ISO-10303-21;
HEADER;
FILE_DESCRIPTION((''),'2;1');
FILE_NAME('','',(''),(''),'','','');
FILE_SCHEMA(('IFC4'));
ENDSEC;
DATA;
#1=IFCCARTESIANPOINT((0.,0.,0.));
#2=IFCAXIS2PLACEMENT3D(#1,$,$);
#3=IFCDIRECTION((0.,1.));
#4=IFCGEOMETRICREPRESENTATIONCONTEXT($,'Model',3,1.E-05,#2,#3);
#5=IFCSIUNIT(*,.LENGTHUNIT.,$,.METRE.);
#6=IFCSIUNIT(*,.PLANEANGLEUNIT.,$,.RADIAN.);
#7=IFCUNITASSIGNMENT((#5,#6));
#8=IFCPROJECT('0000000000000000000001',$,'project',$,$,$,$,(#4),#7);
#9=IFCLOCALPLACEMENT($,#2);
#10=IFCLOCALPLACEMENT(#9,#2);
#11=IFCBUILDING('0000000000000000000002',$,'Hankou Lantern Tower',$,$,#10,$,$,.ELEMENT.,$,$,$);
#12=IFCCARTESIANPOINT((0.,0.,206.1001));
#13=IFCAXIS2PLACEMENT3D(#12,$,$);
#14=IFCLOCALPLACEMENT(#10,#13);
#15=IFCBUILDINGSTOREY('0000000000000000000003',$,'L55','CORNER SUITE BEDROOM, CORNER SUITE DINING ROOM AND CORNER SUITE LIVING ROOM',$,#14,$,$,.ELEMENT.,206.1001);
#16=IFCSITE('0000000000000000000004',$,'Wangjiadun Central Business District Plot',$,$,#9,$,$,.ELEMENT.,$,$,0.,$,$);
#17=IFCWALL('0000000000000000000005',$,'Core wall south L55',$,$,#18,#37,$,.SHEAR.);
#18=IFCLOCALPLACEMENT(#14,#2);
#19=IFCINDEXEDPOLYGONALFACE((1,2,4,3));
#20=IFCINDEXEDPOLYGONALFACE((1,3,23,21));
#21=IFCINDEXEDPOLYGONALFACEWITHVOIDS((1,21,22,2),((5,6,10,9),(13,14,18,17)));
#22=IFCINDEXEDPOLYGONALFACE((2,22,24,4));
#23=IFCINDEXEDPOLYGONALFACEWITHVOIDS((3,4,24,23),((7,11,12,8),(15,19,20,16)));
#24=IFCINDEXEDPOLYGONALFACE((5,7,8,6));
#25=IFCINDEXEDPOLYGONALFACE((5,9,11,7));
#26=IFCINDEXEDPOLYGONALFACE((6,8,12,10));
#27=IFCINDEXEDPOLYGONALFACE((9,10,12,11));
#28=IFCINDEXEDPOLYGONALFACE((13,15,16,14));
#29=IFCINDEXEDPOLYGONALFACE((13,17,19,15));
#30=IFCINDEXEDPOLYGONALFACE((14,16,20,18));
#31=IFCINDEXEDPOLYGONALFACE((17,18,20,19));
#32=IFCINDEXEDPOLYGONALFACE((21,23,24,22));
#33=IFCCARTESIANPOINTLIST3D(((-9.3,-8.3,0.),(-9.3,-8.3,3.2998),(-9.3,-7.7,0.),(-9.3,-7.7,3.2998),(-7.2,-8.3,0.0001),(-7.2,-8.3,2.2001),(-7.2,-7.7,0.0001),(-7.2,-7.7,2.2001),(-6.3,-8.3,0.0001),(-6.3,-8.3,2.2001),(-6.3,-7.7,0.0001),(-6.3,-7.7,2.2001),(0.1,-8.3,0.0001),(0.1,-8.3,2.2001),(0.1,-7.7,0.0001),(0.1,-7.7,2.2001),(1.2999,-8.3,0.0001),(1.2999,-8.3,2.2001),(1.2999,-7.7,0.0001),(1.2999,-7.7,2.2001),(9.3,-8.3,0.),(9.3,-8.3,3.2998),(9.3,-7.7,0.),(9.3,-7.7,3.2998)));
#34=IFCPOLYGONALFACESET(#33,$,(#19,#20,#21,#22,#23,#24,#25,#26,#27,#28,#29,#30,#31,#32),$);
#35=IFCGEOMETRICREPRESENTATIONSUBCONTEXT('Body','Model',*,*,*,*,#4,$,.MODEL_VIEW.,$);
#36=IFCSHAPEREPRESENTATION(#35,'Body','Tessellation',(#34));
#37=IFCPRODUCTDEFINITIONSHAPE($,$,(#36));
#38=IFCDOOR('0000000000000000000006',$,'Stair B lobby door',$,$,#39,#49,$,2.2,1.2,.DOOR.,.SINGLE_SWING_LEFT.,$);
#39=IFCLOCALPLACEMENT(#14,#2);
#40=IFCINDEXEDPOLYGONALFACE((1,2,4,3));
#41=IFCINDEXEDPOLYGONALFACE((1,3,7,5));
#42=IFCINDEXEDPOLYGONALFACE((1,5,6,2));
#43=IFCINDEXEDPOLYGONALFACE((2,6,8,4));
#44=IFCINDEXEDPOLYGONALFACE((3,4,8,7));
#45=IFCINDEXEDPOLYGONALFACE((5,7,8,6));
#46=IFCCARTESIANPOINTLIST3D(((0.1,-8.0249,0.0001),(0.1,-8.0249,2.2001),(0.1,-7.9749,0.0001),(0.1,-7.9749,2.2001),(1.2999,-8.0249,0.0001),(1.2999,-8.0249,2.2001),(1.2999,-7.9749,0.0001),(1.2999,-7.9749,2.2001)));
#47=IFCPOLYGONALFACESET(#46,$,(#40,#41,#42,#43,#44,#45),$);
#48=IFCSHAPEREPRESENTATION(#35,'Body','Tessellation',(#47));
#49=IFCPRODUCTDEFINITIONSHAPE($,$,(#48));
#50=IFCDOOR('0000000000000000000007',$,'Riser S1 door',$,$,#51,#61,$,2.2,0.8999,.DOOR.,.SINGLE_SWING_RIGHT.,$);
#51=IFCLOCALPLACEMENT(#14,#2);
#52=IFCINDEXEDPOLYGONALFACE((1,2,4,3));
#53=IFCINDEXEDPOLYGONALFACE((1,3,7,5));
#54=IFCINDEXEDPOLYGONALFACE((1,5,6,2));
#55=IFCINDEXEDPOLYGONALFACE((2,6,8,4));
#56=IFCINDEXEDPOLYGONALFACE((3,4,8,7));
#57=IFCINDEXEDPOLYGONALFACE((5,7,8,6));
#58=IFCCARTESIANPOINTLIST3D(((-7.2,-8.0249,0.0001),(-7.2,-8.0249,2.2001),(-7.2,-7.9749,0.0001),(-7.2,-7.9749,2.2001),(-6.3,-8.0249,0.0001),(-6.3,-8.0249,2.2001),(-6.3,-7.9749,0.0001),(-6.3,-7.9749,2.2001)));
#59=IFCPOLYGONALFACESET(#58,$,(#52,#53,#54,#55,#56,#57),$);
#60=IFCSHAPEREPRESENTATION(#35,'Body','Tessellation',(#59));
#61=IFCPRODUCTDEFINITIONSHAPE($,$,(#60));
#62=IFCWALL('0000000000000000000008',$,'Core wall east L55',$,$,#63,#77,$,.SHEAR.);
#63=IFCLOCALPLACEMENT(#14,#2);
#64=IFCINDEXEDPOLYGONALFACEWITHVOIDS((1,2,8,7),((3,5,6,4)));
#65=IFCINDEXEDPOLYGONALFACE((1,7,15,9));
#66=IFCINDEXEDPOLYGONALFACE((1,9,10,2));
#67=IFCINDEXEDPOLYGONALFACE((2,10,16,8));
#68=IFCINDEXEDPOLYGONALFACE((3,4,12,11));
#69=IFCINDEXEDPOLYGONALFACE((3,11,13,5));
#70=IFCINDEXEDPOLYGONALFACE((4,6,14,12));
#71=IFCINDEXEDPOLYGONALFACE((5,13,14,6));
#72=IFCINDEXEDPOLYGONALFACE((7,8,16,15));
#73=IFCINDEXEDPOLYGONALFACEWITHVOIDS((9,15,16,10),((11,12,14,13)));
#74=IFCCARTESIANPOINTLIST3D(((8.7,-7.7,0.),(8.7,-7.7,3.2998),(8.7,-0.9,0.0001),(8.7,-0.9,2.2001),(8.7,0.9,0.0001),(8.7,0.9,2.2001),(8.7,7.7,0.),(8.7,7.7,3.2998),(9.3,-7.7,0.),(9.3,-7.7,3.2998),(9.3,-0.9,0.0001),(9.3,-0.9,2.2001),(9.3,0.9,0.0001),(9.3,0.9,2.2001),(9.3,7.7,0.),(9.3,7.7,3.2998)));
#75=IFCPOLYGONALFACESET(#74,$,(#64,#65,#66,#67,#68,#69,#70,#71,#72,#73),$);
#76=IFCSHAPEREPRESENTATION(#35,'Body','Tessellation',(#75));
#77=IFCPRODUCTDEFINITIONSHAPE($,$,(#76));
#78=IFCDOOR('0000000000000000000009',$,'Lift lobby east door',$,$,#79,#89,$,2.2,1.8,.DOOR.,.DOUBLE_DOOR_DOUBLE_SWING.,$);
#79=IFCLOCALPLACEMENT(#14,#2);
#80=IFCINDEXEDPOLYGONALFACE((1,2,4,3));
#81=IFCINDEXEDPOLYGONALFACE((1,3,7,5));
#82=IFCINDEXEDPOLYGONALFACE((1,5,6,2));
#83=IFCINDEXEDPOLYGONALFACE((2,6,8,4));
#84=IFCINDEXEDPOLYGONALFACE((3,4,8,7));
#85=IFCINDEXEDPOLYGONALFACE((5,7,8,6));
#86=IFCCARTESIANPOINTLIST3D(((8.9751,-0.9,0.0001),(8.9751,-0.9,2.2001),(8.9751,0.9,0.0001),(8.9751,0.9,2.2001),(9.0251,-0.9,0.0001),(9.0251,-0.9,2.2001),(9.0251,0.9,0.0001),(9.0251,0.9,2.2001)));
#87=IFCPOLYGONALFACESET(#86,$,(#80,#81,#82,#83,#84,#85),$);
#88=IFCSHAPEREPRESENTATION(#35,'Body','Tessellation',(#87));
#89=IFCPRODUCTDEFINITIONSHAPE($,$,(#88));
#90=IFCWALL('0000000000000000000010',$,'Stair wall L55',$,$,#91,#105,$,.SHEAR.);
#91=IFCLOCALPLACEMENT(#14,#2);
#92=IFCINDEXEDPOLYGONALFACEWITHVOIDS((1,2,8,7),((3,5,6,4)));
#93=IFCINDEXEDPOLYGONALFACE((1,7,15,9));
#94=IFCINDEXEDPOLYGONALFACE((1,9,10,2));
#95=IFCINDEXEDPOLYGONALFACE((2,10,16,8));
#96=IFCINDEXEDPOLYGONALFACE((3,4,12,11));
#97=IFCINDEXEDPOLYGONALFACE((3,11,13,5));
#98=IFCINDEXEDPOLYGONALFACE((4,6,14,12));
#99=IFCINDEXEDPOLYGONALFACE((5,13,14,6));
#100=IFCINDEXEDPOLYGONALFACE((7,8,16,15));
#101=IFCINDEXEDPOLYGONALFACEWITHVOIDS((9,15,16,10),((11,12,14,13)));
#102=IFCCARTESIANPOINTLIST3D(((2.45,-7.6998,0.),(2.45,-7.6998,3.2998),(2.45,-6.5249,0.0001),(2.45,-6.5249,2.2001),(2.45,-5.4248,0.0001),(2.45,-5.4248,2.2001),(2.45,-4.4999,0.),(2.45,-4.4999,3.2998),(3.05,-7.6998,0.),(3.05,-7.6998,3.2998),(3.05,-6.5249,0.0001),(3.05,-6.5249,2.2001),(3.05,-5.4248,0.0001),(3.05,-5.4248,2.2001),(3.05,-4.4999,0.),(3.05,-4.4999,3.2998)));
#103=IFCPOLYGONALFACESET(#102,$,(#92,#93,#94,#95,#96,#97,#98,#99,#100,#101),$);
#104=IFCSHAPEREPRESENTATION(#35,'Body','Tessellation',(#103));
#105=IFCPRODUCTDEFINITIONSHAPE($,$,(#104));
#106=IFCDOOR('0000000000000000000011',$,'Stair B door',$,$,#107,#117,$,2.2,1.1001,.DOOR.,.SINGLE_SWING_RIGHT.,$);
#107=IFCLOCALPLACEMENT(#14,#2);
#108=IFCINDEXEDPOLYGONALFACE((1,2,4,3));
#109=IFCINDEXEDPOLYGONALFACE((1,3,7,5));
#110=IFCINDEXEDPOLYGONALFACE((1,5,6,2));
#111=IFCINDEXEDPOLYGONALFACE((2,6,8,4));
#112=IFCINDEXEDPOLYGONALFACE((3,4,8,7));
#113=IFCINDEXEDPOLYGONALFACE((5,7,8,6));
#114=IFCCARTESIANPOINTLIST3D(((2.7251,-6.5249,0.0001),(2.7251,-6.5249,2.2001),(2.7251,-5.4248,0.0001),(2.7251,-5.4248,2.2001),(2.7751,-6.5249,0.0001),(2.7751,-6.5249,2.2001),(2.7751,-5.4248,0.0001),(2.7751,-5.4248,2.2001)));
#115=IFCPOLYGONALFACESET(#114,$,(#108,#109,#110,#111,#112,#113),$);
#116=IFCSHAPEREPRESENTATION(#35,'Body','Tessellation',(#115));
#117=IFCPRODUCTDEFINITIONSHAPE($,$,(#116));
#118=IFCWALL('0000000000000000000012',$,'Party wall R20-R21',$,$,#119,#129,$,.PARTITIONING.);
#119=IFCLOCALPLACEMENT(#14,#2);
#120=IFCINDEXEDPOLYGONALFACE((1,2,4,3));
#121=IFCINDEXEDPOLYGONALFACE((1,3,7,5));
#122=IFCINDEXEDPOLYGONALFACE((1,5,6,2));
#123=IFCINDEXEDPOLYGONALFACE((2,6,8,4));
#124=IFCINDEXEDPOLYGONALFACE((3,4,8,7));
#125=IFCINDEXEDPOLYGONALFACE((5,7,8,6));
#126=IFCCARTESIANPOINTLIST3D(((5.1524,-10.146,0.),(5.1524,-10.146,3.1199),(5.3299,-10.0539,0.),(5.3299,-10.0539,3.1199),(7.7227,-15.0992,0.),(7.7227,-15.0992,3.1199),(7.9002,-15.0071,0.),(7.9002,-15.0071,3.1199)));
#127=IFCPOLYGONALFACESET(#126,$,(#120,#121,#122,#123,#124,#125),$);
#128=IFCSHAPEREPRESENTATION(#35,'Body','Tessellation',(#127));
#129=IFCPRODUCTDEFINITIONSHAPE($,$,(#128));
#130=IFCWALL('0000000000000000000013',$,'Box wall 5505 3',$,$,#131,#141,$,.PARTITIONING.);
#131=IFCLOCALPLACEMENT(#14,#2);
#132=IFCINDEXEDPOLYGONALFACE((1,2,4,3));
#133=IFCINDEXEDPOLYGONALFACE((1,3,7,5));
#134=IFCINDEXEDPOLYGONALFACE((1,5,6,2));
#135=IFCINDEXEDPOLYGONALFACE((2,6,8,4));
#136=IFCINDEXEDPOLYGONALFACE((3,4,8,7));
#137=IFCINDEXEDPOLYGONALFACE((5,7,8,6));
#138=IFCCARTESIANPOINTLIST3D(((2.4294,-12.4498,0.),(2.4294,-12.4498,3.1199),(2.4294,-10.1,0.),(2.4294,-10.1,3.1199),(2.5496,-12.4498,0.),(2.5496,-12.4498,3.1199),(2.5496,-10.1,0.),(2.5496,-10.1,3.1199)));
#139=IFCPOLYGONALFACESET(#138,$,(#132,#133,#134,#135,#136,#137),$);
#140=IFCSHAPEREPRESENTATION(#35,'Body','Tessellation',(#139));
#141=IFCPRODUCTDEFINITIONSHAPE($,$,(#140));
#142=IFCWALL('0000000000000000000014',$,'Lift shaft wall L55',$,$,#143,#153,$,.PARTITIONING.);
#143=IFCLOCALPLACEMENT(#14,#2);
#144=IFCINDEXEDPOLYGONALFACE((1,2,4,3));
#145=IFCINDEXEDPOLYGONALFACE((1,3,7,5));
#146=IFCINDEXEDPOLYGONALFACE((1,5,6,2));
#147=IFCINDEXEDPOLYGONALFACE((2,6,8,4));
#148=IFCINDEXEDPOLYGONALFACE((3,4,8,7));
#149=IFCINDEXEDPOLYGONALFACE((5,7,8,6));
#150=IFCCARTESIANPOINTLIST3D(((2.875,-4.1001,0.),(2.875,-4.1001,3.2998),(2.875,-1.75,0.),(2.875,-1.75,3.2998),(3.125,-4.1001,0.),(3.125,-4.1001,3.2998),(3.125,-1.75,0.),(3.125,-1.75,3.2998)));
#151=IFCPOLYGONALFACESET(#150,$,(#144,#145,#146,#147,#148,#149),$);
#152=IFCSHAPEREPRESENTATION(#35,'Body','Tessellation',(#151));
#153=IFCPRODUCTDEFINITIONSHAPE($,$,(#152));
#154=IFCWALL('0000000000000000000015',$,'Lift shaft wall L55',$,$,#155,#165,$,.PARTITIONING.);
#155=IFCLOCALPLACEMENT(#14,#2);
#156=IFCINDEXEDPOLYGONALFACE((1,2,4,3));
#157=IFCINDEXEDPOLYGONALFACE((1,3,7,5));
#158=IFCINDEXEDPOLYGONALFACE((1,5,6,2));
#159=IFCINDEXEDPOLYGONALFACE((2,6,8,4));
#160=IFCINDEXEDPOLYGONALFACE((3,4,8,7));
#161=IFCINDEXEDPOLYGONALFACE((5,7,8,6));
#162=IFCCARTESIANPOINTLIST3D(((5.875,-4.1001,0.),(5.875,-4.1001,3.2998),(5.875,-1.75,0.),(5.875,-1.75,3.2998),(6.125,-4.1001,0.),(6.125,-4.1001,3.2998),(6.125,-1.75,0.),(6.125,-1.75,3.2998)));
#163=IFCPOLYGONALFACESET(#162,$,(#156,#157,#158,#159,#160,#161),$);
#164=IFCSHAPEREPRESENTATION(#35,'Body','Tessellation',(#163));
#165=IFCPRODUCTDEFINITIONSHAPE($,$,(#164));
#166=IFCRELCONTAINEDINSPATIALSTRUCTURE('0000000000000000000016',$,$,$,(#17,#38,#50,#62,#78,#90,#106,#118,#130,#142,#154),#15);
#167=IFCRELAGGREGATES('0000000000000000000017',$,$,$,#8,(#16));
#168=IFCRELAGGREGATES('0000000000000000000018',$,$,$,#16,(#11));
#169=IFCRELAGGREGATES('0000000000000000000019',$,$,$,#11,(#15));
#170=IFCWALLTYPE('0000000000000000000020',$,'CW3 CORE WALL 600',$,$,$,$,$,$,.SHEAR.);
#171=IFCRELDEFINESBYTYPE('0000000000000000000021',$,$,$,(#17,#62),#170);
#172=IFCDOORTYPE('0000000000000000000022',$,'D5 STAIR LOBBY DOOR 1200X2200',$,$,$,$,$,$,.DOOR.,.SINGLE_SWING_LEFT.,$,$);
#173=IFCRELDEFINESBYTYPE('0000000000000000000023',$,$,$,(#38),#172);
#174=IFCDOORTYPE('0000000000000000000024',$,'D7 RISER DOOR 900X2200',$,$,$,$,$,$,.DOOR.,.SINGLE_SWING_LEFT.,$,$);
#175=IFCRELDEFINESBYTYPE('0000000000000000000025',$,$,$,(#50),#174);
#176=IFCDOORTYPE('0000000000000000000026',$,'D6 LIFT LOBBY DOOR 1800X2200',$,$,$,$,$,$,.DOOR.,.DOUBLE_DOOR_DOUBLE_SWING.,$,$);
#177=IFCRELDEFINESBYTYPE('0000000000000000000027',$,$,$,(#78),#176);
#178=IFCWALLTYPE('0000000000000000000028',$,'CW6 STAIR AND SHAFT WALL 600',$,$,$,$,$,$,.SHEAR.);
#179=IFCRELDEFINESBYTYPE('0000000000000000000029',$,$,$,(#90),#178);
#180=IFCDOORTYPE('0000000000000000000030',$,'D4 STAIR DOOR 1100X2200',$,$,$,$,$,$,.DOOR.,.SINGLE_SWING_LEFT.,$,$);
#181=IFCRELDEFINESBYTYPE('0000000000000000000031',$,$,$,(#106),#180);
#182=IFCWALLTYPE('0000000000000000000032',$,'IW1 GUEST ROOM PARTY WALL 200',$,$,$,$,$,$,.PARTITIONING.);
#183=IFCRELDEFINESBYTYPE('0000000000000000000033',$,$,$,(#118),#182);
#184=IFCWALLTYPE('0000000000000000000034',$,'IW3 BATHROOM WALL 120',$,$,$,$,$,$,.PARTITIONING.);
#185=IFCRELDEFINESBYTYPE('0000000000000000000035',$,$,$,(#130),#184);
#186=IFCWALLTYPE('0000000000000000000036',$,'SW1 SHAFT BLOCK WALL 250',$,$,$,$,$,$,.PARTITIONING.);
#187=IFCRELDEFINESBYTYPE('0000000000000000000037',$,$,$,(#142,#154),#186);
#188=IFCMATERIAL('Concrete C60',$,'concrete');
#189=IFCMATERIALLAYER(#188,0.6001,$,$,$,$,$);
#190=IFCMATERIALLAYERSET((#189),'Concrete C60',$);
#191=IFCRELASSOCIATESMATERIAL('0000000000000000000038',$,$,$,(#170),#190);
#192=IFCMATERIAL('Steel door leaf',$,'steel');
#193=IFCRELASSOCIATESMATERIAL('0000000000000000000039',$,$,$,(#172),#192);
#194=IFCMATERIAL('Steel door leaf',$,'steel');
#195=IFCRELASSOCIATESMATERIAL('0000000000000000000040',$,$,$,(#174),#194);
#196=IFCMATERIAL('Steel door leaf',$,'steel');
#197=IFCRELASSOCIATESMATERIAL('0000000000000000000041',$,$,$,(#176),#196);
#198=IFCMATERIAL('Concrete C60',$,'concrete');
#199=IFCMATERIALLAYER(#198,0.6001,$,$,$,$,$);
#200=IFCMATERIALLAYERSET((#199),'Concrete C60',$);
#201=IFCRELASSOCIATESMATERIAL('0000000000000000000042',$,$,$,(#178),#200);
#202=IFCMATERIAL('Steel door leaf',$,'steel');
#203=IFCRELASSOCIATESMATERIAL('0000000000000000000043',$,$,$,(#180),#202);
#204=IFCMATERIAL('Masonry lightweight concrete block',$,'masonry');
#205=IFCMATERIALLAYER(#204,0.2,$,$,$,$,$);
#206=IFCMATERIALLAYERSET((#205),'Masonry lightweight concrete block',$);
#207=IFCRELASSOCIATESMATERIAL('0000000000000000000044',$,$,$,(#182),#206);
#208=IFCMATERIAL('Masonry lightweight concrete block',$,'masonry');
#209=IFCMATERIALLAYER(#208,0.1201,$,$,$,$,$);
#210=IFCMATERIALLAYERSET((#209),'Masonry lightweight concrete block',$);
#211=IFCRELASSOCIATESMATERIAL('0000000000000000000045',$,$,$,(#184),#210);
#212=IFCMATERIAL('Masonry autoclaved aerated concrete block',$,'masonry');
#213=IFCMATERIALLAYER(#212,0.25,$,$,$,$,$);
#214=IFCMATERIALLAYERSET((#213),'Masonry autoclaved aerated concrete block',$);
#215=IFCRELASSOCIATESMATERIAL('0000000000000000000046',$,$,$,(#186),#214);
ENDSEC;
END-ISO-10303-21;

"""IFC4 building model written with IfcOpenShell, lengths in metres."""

from ifc_helpers import new_model, si_unit, direction, frame, frame_2d, origin, place, context, subcontext, project, spatial, rectangle, extrude, material, layer, layer_set, type_object, element, fill, save


model = new_model("IFC4")

# Units and contexts
model_context = context("Model", 3, precision=1e-05, world=origin(), true_north=direction((0.0, 1.0)))
body_context = subcontext(model_context, "Body", "Model", "MODEL_VIEW")
ifc_project = project(units=[si_unit("LENGTHUNIT", "METRE"), si_unit("PLANEANGLEUNIT", "RADIAN")], contexts=[model_context])

# Site, building, storey
site_placement = place(None, origin())
site = spatial("IfcSite", under=ifc_project, at=site_placement, Name="Wangjiadun Central Business District Plot", CompositionType="ELEMENT", RefElevation=0.0)
building_placement = place(site_placement, origin())
building = spatial("IfcBuilding", under=site, at=building_placement, Name="Hankou Lantern Tower", CompositionType="ELEMENT")
storey_placement = place(building_placement, frame((0.0, 0.0, 206.1001)))
storey = spatial("IfcBuildingStorey", under=building, at=storey_placement, Name="L55", Description="CORNER SUITE BEDROOM, CORNER SUITE DINING ROOM AND CORNER SUITE LIVING ROOM", CompositionType="ELEMENT", Elevation=206.1001)

# Wall, openings, doors
ifc_material_1 = material(Name="Concrete C60", Category="concrete")
ifc_layer_1 = layer(ifc_material_1, 0.6001)
ifc_layer_set_1 = layer_set([ifc_layer_1], Name="Concrete C60")
wall_type_1 = type_object("IfcWallType", Name="CW3 CORE WALL 600", PredefinedType="SHEAR", material=ifc_layer_set_1)
wall_1_placement = place(storey_placement, frame((9.3, -8.0, 0.0), z_axis=(0.0, 0.0, 1.0), x_axis=(-1.0, 0.0, 0.0)))
wall_1 = element("IfcWall", 1, at=wall_1_placement, inside=storey, type_object=wall_type_1, Name="Core wall south L55", PredefinedType="SHEAR", context=body_context, shape_type="SweptSolid", body=[
    extrude(rectangle(XDim=18.6001, YDim=0.6001, at=frame_2d((9.3, 0.0))), origin(), (0.0, 0.0, 1.0), 3.2998),
])
opening_1_placement = place(wall_1_placement, frame((8.0, 0.0, 0.0)))
opening_1 = element("IfcOpeningElement", 2, at=opening_1_placement, cuts=wall_1, PredefinedType="OPENING", context=body_context, shape_type="SweptSolid", body=[
    extrude(rectangle(XDim=1.2, YDim=2.2, at=frame_2d((0.6001, 1.1001))), frame((0.0, 0.3101, 0.0), z_axis=(0.0, -1.0, 0.0), x_axis=(1.0, 0.0, 0.0)), (0.0, 0.0, 1.0), 0.6201),
])
opening_2_placement = place(wall_1_placement, frame((15.6001, 0.0, 0.0)))
opening_2 = element("IfcOpeningElement", 3, at=opening_2_placement, cuts=wall_1, PredefinedType="OPENING", context=body_context, shape_type="SweptSolid", body=[
    extrude(rectangle(XDim=0.8999, YDim=2.2, at=frame_2d((0.45, 1.1001))), frame((0.0, 0.3101, 0.0), z_axis=(0.0, -1.0, 0.0), x_axis=(1.0, 0.0, 0.0)), (0.0, 0.0, 1.0), 0.6201),
])
ifc_material_2 = material(Name="Steel door leaf", Category="steel")
door_type_1 = type_object("IfcDoorType", Name="D5 STAIR LOBBY DOOR 1200X2200", OperationType="SINGLE_SWING_LEFT", PredefinedType="DOOR", material=ifc_material_2)
door_1_placement = place(opening_1_placement, origin())
door_1 = element("IfcDoor", 4, at=door_1_placement, inside=storey, type_object=door_type_1, Name="Stair B lobby door", OperationType="SINGLE_SWING_LEFT", OverallHeight=2.2, OverallWidth=1.2, PredefinedType="DOOR", context=body_context, shape_type="SweptSolid", body=[
    extrude(rectangle(XDim=1.2, YDim=2.2, at=frame_2d((0.6001, 1.1001))), frame((0.0, 0.0249, 0.0), z_axis=(0.0, -1.0, 0.0), x_axis=(1.0, 0.0, 0.0)), (0.0, 0.0, 1.0), 0.05),
])
fill(opening_1, door_1)
ifc_material_3 = material(Name="Steel door leaf", Category="steel")
door_type_2 = type_object("IfcDoorType", Name="D7 RISER DOOR 900X2200", OperationType="SINGLE_SWING_LEFT", PredefinedType="DOOR", material=ifc_material_3)
door_2_placement = place(opening_2_placement, origin())
door_2 = element("IfcDoor", 5, at=door_2_placement, inside=storey, type_object=door_type_2, Name="Riser S1 door", OperationType="SINGLE_SWING_RIGHT", OverallHeight=2.2, OverallWidth=0.8999, PredefinedType="DOOR", context=body_context, shape_type="SweptSolid", body=[
    extrude(rectangle(XDim=0.8999, YDim=2.2, at=frame_2d((0.45, 1.1001))), frame((0.0, 0.0249, 0.0), z_axis=(0.0, -1.0, 0.0), x_axis=(1.0, 0.0, 0.0)), (0.0, 0.0, 1.0), 0.05),
])
fill(opening_2, door_2)

# Walls, openings, doors
wall_2_placement = place(storey_placement, frame((9.0, -7.7, 0.0), z_axis=(0.0, 0.0, 1.0), x_axis=(0.0, 1.0, 0.0)))
wall_2 = element("IfcWall", 6, at=wall_2_placement, inside=storey, type_object=wall_type_1, Name="Core wall east L55", PredefinedType="SHEAR", context=body_context, shape_type="SweptSolid", body=[
    extrude(rectangle(XDim=15.3999, YDim=0.6001, at=frame_2d((7.7, 0.0))), origin(), (0.0, 0.0, 1.0), 3.2998),
])
opening_3_placement = place(wall_2_placement, frame((6.8, 0.0, 0.0)))
opening_3 = element("IfcOpeningElement", 7, at=opening_3_placement, cuts=wall_2, PredefinedType="OPENING", context=body_context, shape_type="SweptSolid", body=[
    extrude(rectangle(XDim=1.8, YDim=2.2, at=frame_2d((0.8999, 1.1001))), frame((0.0, 0.3101, 0.0), z_axis=(0.0, -1.0, 0.0), x_axis=(1.0, 0.0, 0.0)), (0.0, 0.0, 1.0), 0.6201),
])
ifc_material_4 = material(Name="Steel door leaf", Category="steel")
door_type_3 = type_object("IfcDoorType", Name="D6 LIFT LOBBY DOOR 1800X2200", OperationType="DOUBLE_DOOR_DOUBLE_SWING", PredefinedType="DOOR", material=ifc_material_4)
door_3_placement = place(opening_3_placement, origin())
door_3 = element("IfcDoor", 8, at=door_3_placement, inside=storey, type_object=door_type_3, Name="Lift lobby east door", OperationType="DOUBLE_DOOR_DOUBLE_SWING", OverallHeight=2.2, OverallWidth=1.8, PredefinedType="DOOR", context=body_context, shape_type="SweptSolid", body=[
    extrude(rectangle(XDim=1.8, YDim=2.2, at=frame_2d((0.8999, 1.1001))), frame((0.0, 0.0249, 0.0), z_axis=(0.0, -1.0, 0.0), x_axis=(1.0, 0.0, 0.0)), (0.0, 0.0, 1.0), 0.05),
])
fill(opening_3, door_3)
ifc_material_5 = material(Name="Concrete C60", Category="concrete")
ifc_layer_2 = layer(ifc_material_5, 0.6001)
ifc_layer_set_2 = layer_set([ifc_layer_2], Name="Concrete C60")
wall_type_2 = type_object("IfcWallType", Name="CW6 STAIR AND SHAFT WALL 600", PredefinedType="SHEAR", material=ifc_layer_set_2)
wall_3_placement = place(storey_placement, frame((2.75, -7.7, 0.0), z_axis=(0.0, 0.0, 1.0), x_axis=(0.0, 1.0, 0.0)))
wall_3 = element("IfcWall", 9, at=wall_3_placement, inside=storey, type_object=wall_type_2, Name="Stair wall L55", PredefinedType="SHEAR", context=body_context, shape_type="SweptSolid", body=[
    extrude(rectangle(XDim=3.2, YDim=0.6001, at=frame_2d((1.6001, 0.0))), origin(), (0.0, 0.0, 1.0), 3.2998),
])
opening_4_placement = place(wall_3_placement, frame((1.175, 0.0, 0.0)))
opening_4 = element("IfcOpeningElement", 10, at=opening_4_placement, cuts=wall_3, PredefinedType="OPENING", context=body_context, shape_type="SweptSolid", body=[
    extrude(rectangle(XDim=1.1001, YDim=2.2, at=frame_2d((0.55, 1.1001))), frame((0.0, 0.3101, 0.0), z_axis=(0.0, -1.0, 0.0), x_axis=(1.0, 0.0, 0.0)), (0.0, 0.0, 1.0), 0.6201),
])
ifc_material_6 = material(Name="Steel door leaf", Category="steel")
door_type_4 = type_object("IfcDoorType", Name="D4 STAIR DOOR 1100X2200", OperationType="SINGLE_SWING_LEFT", PredefinedType="DOOR", material=ifc_material_6)
door_4_placement = place(opening_4_placement, origin())
door_4 = element("IfcDoor", 11, at=door_4_placement, inside=storey, type_object=door_type_4, Name="Stair B door", OperationType="SINGLE_SWING_RIGHT", OverallHeight=2.2, OverallWidth=1.1001, PredefinedType="DOOR", context=body_context, shape_type="SweptSolid", body=[
    extrude(rectangle(XDim=1.1001, YDim=2.2, at=frame_2d((0.55, 1.1001))), frame((0.0, 0.0249, 0.0), z_axis=(0.0, -1.0, 0.0), x_axis=(1.0, 0.0, 0.0)), (0.0, 0.0, 1.0), 0.05),
])
fill(opening_4, door_4)

# Walls
ifc_material_7 = material(Name="Masonry lightweight concrete block", Category="masonry")
ifc_layer_3 = layer(ifc_material_7, 0.2)
ifc_layer_set_3 = layer_set([ifc_layer_3], Name="Masonry lightweight concrete block")
wall_type_3 = type_object("IfcWallType", Name="IW1 GUEST ROOM PARTY WALL 200", PredefinedType="PARTITIONING", material=ifc_layer_set_3)
wall_4_placement = place(storey_placement, frame((5.2412, -10.1001, 0.0), z_axis=(0.0, 0.0, 1.0), x_axis=(0.460603, -0.887606, 0.0)))
element("IfcWall", 12, at=wall_4_placement, inside=storey, type_object=wall_type_3, Name="Party wall R20-R21", PredefinedType="PARTITIONING", context=body_context, shape_type="SweptSolid", body=[
    extrude(rectangle(XDim=5.5803, YDim=0.2, at=frame_2d((2.79, 0.0))), origin(), (0.0, 0.0, 1.0), 3.1199),
])
ifc_material_8 = material(Name="Masonry lightweight concrete block", Category="masonry")
ifc_layer_4 = layer(ifc_material_8, 0.1201)
ifc_layer_set_4 = layer_set([ifc_layer_4], Name="Masonry lightweight concrete block")
wall_type_4 = type_object("IfcWallType", Name="IW3 BATHROOM WALL 120", PredefinedType="PARTITIONING", material=ifc_layer_set_4)
wall_5_placement = place(storey_placement, frame((2.4895, -10.1001, 0.0), z_axis=(0.0, 0.0, 1.0), x_axis=(0.0, -1.0, 0.0)))
element("IfcWall", 13, at=wall_5_placement, inside=storey, type_object=wall_type_4, Name="Box wall 5505 3", PredefinedType="PARTITIONING", context=body_context, shape_type="SweptSolid", body=[
    extrude(rectangle(XDim=2.3499, YDim=0.1201, at=frame_2d((1.1748, 0.0))), origin(), (0.0, 0.0, 1.0), 3.1199),
])
ifc_material_9 = material(Name="Masonry autoclaved aerated concrete block", Category="masonry")
ifc_layer_5 = layer(ifc_material_9, 0.25)
ifc_layer_set_5 = layer_set([ifc_layer_5], Name="Masonry autoclaved aerated concrete block")
wall_type_5 = type_object("IfcWallType", Name="SW1 SHAFT BLOCK WALL 250", PredefinedType="PARTITIONING", material=ifc_layer_set_5)
for number, where, z_axis, x_axis, name in (
    (14, (3.0, -4.1001, 0.0), (0.0, 0.0, 1.0), (0.0, 1.0, 0.0), "Lift shaft wall L55"),
    (15, (6.0, -4.1001, 0.0), (0.0, 0.0, 1.0), (0.0, 1.0, 0.0), "Lift shaft wall L55"),
):
    element("IfcWall", number, at=place(storey_placement, frame(where, z_axis=z_axis, x_axis=x_axis)), inside=storey, type_object=wall_type_5, Name=name, PredefinedType="PARTITIONING", context=body_context, shape_type="SweptSolid", body=[
        extrude(rectangle(XDim=2.3501, YDim=0.25, at=frame_2d((1.175, 0.0))), origin(), (0.0, 0.0, 1.0), 3.2998),
    ])

save(model, "model.ifc")
